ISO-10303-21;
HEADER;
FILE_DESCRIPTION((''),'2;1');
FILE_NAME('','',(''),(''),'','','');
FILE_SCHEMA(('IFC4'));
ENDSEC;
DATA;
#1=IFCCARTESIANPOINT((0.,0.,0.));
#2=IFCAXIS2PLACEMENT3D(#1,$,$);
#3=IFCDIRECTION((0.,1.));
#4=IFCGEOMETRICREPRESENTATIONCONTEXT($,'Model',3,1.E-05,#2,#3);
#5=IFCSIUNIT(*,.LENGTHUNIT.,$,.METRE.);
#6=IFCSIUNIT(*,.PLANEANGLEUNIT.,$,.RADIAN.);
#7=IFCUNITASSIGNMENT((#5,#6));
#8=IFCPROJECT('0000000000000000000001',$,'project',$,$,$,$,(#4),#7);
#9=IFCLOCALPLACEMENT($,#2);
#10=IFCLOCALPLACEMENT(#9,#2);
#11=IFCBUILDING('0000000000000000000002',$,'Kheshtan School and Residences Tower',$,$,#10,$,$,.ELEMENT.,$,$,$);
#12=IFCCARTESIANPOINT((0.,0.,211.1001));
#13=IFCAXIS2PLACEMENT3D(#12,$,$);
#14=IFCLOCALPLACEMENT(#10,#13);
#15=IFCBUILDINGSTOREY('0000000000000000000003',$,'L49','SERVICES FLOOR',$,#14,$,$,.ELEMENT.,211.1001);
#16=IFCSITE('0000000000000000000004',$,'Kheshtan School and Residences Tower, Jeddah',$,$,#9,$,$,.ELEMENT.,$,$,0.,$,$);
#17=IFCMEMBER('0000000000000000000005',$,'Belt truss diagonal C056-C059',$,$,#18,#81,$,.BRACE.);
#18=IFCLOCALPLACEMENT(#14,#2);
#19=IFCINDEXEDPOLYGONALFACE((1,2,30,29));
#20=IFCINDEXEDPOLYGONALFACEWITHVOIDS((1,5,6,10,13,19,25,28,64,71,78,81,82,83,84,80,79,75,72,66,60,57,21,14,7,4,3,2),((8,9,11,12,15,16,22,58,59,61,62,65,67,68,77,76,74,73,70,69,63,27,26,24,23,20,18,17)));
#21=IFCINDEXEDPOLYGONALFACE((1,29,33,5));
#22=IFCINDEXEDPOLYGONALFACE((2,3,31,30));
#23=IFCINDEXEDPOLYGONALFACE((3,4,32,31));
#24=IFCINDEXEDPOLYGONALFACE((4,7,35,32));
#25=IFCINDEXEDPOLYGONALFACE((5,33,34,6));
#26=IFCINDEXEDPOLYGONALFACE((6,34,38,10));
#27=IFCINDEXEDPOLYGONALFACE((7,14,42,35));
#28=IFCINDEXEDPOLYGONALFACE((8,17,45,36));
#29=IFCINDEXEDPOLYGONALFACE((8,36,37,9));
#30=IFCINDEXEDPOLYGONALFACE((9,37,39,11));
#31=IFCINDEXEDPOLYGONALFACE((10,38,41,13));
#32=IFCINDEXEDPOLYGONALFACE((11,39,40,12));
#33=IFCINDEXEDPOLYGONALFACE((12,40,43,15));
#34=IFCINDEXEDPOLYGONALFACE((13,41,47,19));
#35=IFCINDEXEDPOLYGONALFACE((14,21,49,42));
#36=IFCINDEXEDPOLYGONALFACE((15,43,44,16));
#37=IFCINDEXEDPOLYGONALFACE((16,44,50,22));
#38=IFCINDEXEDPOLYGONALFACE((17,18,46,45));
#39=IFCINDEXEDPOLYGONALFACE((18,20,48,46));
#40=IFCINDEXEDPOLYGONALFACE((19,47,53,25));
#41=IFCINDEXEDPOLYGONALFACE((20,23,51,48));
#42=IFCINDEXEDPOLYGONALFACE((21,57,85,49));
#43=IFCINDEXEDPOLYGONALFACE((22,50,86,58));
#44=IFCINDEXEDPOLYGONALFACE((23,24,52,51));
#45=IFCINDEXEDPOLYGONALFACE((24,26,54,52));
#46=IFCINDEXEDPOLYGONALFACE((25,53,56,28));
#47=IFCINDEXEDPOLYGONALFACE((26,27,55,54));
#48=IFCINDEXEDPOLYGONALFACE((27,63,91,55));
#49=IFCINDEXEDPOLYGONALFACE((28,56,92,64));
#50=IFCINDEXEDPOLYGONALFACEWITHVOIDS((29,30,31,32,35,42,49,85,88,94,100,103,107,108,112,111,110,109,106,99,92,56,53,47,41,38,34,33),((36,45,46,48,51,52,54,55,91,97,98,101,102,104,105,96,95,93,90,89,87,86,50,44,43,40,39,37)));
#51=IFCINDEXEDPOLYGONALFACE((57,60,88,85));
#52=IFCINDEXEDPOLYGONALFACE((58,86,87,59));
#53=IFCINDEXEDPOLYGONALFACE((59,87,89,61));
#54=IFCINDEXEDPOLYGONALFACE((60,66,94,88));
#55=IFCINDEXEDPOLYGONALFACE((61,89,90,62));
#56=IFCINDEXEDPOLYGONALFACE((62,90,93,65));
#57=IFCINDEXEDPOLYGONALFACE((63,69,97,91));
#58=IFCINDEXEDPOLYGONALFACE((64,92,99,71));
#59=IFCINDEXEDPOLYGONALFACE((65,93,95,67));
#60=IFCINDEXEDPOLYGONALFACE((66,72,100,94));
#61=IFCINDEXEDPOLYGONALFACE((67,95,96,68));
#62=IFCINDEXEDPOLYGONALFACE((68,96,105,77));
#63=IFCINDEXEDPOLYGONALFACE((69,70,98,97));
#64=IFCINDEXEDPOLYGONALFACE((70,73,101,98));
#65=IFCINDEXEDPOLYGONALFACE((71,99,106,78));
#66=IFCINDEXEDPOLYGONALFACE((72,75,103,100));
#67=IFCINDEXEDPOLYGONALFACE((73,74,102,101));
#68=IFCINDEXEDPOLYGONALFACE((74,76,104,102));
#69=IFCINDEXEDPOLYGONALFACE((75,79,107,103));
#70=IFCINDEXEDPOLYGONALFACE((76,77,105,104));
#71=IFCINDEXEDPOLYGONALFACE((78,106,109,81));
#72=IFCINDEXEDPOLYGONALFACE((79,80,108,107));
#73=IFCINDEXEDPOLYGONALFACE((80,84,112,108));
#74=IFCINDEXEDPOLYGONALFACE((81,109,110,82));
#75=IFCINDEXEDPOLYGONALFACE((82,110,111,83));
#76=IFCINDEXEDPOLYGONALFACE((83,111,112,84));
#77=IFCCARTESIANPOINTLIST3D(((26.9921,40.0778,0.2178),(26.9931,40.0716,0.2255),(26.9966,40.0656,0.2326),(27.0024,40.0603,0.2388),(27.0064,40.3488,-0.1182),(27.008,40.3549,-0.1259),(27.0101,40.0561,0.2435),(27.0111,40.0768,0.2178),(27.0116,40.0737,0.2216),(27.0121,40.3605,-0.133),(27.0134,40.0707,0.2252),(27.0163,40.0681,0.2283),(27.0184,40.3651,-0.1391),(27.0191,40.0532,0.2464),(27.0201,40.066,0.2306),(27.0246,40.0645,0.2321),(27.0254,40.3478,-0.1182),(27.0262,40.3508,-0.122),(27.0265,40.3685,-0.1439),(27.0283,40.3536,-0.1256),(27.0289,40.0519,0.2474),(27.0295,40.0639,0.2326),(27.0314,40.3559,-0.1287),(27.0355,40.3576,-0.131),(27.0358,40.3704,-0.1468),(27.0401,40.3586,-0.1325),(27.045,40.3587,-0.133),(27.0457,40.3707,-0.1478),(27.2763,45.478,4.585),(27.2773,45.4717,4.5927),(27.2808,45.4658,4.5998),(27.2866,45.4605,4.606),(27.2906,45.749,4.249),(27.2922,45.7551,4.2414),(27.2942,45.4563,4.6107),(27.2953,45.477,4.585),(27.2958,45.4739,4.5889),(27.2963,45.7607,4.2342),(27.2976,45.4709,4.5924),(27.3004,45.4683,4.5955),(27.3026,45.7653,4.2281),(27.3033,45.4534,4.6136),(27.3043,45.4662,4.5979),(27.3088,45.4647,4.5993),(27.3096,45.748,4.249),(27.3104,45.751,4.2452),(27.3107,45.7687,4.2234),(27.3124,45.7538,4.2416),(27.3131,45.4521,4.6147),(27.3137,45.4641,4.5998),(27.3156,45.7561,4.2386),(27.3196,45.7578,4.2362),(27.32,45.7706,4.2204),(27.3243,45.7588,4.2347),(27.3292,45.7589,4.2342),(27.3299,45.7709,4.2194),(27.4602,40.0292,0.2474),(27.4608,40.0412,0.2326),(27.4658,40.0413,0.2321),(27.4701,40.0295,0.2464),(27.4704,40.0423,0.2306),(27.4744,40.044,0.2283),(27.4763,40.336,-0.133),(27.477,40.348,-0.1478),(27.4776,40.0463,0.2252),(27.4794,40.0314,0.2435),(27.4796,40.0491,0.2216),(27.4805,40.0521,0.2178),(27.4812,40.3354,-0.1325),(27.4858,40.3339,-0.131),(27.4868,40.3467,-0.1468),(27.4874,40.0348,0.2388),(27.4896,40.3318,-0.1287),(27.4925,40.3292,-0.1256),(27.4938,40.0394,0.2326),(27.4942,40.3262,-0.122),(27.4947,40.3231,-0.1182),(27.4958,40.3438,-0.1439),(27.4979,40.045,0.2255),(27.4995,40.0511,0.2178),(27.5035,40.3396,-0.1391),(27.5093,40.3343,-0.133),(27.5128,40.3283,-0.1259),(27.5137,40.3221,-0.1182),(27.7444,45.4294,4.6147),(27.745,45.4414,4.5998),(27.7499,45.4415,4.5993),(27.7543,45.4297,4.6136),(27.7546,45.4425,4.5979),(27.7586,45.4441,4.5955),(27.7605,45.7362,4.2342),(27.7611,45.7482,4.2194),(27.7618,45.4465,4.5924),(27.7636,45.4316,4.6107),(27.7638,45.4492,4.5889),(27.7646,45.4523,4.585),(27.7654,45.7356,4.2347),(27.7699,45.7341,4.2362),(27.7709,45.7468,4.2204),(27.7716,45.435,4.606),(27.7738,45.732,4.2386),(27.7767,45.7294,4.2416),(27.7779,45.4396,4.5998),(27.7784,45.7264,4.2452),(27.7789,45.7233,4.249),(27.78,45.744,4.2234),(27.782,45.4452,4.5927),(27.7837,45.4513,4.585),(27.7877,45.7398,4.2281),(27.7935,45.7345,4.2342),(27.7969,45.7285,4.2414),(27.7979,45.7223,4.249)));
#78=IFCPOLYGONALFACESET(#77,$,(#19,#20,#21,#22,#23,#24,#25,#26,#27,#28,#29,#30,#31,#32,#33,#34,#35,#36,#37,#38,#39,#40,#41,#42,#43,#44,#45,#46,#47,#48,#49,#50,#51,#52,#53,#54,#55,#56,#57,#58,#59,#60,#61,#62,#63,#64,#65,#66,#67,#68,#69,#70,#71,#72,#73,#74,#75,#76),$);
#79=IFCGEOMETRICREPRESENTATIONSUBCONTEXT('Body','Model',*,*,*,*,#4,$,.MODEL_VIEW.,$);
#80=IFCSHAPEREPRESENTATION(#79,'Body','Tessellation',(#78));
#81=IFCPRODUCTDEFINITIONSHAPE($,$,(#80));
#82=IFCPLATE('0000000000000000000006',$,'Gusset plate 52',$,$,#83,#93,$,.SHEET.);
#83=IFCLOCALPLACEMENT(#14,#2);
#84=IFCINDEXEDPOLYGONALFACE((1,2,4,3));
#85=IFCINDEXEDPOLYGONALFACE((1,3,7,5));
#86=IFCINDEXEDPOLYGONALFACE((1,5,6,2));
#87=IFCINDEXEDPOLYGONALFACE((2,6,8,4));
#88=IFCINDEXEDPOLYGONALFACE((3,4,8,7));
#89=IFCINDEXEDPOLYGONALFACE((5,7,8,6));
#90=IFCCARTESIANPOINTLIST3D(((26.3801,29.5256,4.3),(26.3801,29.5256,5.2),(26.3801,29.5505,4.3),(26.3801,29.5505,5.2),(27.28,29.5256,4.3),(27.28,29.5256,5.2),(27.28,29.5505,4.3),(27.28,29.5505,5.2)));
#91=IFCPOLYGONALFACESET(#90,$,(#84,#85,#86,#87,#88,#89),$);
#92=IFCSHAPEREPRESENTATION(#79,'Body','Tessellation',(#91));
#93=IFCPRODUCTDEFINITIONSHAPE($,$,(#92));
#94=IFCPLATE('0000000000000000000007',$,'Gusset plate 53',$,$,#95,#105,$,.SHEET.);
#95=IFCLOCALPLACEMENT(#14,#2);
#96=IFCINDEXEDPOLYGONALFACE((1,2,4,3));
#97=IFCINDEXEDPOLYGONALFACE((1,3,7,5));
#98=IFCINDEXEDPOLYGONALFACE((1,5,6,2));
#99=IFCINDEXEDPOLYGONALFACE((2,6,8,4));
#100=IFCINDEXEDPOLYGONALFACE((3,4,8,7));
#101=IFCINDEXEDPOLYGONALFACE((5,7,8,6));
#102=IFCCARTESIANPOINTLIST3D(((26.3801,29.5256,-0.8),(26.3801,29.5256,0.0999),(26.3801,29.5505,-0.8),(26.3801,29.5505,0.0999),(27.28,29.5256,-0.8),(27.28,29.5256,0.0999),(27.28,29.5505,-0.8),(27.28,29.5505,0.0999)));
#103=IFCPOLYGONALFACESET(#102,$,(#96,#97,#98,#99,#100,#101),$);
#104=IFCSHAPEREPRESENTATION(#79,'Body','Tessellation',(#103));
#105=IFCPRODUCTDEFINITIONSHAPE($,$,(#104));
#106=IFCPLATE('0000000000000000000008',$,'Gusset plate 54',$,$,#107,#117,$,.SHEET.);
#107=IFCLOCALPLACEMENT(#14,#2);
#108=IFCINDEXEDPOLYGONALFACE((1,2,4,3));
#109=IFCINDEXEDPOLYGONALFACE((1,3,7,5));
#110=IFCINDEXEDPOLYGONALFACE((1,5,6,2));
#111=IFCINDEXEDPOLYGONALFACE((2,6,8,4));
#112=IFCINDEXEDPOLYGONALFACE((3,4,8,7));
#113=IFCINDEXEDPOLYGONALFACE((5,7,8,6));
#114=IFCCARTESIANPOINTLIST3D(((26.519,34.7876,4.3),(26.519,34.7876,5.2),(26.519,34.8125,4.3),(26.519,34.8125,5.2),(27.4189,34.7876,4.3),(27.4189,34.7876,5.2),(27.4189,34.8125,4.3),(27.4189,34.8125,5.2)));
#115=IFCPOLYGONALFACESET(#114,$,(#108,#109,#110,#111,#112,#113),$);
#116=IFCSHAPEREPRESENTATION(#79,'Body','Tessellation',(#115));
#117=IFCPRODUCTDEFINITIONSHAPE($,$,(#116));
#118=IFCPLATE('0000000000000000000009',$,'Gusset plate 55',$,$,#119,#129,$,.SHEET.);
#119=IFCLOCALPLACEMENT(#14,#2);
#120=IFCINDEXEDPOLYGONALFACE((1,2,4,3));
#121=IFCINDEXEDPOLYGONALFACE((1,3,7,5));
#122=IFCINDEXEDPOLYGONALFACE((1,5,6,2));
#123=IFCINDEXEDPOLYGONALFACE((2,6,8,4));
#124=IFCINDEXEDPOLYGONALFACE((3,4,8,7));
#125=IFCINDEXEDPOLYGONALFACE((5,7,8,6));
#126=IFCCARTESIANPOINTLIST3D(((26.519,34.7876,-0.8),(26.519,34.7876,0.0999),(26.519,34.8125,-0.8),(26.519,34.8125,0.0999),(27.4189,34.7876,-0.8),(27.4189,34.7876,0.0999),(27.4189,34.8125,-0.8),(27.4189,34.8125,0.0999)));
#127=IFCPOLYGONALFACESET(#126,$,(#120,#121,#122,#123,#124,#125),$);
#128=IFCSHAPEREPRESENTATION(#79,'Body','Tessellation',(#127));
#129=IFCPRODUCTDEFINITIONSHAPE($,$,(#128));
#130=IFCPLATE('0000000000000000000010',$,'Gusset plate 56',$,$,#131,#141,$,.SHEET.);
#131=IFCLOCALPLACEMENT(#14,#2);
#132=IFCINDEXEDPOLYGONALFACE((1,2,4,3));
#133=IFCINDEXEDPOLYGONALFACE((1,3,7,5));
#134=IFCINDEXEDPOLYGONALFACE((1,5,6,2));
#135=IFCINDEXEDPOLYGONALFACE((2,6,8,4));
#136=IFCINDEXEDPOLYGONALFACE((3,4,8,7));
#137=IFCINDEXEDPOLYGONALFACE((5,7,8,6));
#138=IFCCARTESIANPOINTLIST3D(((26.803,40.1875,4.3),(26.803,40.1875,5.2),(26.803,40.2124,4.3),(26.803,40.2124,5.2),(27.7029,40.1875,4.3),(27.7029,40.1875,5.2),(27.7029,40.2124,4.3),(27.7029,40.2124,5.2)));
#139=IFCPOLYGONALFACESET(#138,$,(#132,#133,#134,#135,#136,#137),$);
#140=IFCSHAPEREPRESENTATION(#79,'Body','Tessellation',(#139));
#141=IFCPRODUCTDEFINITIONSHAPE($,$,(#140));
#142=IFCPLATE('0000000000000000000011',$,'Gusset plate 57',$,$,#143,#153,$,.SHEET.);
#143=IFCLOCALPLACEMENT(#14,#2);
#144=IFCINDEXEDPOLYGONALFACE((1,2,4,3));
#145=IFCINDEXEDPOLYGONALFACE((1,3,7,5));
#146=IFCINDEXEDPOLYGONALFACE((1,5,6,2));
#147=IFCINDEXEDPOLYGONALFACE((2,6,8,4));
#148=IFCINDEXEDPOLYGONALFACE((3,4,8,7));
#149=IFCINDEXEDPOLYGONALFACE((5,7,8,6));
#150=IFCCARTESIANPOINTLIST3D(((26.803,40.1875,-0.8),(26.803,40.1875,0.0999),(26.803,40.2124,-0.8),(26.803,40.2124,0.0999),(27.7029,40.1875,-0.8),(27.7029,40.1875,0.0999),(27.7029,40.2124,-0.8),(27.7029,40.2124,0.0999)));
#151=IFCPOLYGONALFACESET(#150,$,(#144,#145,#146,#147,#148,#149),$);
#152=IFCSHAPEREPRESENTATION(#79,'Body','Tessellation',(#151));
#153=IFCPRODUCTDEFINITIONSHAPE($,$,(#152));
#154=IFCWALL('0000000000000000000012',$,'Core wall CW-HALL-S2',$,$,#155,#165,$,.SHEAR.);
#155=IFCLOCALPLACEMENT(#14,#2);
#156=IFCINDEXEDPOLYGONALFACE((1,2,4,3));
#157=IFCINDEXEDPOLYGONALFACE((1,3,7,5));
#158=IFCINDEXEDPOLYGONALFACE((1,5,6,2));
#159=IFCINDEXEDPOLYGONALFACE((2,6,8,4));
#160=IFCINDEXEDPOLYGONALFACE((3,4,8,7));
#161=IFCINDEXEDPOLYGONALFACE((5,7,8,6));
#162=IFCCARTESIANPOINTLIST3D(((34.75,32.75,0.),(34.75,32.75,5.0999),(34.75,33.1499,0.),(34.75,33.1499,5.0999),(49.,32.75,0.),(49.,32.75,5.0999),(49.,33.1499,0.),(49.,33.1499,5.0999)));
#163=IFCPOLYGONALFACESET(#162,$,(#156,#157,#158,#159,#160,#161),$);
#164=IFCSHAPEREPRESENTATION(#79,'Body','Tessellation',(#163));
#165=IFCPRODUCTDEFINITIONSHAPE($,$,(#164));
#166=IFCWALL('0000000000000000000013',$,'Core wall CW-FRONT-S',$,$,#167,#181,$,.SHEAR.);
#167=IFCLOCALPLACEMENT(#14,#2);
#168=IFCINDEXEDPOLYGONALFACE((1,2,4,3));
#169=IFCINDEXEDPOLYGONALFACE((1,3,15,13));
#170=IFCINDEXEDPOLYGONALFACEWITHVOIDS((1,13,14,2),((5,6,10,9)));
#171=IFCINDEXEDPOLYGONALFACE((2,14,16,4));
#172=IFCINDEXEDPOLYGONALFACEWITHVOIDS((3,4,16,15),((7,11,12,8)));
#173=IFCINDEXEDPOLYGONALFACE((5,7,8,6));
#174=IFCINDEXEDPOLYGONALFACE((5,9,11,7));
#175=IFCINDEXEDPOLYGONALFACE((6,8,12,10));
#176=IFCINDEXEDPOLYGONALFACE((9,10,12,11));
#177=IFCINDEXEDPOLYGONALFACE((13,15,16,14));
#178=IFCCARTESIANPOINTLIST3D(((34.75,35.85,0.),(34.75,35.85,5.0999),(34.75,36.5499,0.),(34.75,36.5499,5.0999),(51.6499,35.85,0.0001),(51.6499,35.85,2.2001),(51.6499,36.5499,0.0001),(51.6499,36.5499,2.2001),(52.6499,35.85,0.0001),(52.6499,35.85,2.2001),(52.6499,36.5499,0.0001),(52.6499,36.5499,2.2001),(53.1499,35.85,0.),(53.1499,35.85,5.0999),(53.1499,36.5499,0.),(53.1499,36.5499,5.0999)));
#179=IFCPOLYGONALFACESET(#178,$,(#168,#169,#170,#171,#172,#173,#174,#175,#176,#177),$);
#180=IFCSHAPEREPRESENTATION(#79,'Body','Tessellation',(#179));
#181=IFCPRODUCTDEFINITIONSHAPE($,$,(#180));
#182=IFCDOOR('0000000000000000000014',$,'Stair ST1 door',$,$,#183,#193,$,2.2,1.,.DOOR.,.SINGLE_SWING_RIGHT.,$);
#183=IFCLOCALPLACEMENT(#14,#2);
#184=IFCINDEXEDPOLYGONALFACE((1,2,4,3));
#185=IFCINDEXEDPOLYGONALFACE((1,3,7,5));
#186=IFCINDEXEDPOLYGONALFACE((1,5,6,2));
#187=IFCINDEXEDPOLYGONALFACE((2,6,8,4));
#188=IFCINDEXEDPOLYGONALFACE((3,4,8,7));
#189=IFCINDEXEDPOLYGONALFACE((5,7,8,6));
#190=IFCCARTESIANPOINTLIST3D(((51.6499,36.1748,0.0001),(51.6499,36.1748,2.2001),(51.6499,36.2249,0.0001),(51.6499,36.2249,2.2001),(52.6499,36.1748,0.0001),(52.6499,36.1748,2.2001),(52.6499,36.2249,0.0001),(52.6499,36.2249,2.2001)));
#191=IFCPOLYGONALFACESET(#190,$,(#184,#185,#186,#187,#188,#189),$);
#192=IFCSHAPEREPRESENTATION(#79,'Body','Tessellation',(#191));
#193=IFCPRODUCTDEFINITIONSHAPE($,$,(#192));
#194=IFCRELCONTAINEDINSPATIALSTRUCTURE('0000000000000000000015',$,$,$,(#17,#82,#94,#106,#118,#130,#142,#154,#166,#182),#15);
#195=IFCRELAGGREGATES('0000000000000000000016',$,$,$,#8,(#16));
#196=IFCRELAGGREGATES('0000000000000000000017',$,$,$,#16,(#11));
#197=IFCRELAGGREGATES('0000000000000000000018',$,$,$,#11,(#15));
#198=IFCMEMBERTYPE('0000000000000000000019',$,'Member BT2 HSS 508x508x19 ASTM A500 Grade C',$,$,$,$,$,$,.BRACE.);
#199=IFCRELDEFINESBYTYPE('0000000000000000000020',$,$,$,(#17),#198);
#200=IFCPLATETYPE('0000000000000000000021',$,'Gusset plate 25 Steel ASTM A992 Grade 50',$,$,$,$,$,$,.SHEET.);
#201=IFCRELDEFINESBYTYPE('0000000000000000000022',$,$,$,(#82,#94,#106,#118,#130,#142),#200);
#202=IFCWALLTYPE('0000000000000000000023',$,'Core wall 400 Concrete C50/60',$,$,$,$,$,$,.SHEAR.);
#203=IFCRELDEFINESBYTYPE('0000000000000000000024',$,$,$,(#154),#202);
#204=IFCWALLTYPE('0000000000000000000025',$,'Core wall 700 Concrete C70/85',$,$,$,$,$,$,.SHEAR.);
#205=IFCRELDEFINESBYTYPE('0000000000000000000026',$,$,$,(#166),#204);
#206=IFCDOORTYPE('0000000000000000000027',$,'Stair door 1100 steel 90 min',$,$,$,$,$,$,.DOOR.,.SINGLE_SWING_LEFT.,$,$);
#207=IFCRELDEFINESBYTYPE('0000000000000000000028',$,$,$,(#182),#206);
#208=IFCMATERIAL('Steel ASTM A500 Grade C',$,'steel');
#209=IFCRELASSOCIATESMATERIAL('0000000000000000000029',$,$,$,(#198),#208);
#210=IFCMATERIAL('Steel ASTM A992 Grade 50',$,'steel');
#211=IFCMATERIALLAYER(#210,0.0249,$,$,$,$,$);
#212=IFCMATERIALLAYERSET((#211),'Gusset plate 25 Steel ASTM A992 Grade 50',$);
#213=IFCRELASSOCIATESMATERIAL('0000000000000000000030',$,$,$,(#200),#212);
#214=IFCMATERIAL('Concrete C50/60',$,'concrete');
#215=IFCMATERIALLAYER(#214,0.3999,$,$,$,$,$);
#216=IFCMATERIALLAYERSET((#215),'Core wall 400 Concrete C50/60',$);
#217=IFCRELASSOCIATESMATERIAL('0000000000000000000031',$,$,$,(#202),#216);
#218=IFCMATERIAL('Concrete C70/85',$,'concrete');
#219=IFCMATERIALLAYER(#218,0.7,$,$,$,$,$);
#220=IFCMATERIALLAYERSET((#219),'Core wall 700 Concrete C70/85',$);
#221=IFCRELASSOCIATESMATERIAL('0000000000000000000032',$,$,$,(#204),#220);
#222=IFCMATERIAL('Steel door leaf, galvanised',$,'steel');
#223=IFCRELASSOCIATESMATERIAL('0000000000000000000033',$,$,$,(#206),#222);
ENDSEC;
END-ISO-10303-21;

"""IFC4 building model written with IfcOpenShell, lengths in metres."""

from ifc_helpers import new_model, si_unit, direction, frame, frame_2d, origin, origin_2d, place, context, subcontext, project, spatial, rectangle, hollow_rectangle, extrude, source, transform, mapped, material, layer, layer_set, material_profile, profile_set, type_object, element, fill, save


model = new_model("IFC4")

# Units and contexts
model_context = context("Model", 3, precision=1e-05, world=origin(), true_north=direction((0.0, 1.0)))
body_context = subcontext(model_context, "Body", "Model", "MODEL_VIEW")
ifc_project = project(units=[si_unit("LENGTHUNIT", "METRE"), si_unit("PLANEANGLEUNIT", "RADIAN")], contexts=[model_context])

# Site, building, storey
site_placement = place(None, origin())
site = spatial("IfcSite", under=ifc_project, at=site_placement, Name="Kheshtan School and Residences Tower, Jeddah", CompositionType="ELEMENT", RefElevation=0.0)
building_placement = place(site_placement, origin())
building = spatial("IfcBuilding", under=site, at=building_placement, Name="Kheshtan School and Residences Tower", CompositionType="ELEMENT")
storey_placement = place(building_placement, frame((0.0, 0.0, 211.1001)))
storey = spatial("IfcBuildingStorey", under=building, at=storey_placement, Name="L49", Description="SERVICES FLOOR", CompositionType="ELEMENT", Elevation=211.1001)

# Shared definitions
ifc_material_1 = material(Name="Steel ASTM A992 Grade 50", Category="steel")

# Member
ifc_material_2 = material(Name="Steel ASTM A500 Grade C", Category="steel")
ifc_material_profile_1 = material_profile(ifc_material_2, hollow_rectangle(XDim=0.5081, YDim=0.5081, WallThickness=0.019, InnerFilletRadius=0.019, OuterFilletRadius=0.0381, at=origin_2d()), Name="HSS 508x508x19")
ifc_profile_set_1 = profile_set([ifc_material_profile_1], Name="Steel ASTM A500 Grade C")
member_type = type_object("IfcMemberType", Name="Member BT2 HSS 508x508x19 ASTM A500 Grade C", PredefinedType="BRACE", material=ifc_profile_set_1)
member_1_placement = place(storey_placement, frame((27.2529, 40.2, 0.0498), z_axis=(0.040884, 0.776902, 0.628293), x_axis=(-0.998618, 0.052552, 0.0)))
element("IfcMember", 1, at=member_1_placement, inside=storey, type_object=member_type, Name="Belt truss diagonal C056-C059", PredefinedType="BRACE", context=body_context, shape_type="SweptSolid", body=[
    extrude(hollow_rectangle(XDim=0.5081, YDim=0.5081, WallThickness=0.019, InnerFilletRadius=0.019, OuterFilletRadius=0.0381, at=origin_2d()), origin(), (0.0, 0.0, 1.0), 6.9509),
])

# Plates
ifc_layer_1 = layer(ifc_material_1, 0.0249)
ifc_layer_set_1 = layer_set([ifc_layer_1], Name="Gusset plate 25 Steel ASTM A992 Grade 50")
plate_type = type_object("IfcPlateType", Name="Gusset plate 25 Steel ASTM A992 Grade 50", PredefinedType="SHEET", material=ifc_layer_set_1)
for number, where, z_axis, x_axis, name in (
    (2, (26.8301, 29.5381, 4.3), (0.0, 0.0, 1.0), (1.0, 0.0, 0.0), "Gusset plate 52"),
    (3, (26.8301, 29.5381, -0.8), (0.0, 0.0, 1.0), (1.0, 0.0, 0.0), "Gusset plate 53"),
    (4, (26.969, 34.8, 4.3), (0.0, 0.0, 1.0), (1.0, 0.0, 0.0), "Gusset plate 54"),
    (5, (26.969, 34.8, -0.8), (0.0, 0.0, 1.0), (1.0, 0.0, 0.0), "Gusset plate 55"),
    (6, (27.2529, 40.2, 4.3), (0.0, 0.0, 1.0), (1.0, 0.0, 0.0), "Gusset plate 56"),
    (7, (27.2529, 40.2, -0.8), (0.0, 0.0, 1.0), (1.0, 0.0, 0.0), "Gusset plate 57"),
):
    element("IfcPlate", number, at=place(storey_placement, frame(where, z_axis=z_axis, x_axis=x_axis)), inside=storey, type_object=plate_type, Name=name, PredefinedType="SHEET", context=body_context, shape_type="SweptSolid", body=[
        extrude(rectangle(XDim=0.8999, YDim=0.0249, at=origin_2d()), origin(), (0.0, 0.0, 1.0), 0.8999),
    ])

# Wall
ifc_material_3 = material(Name="Concrete C50/60", Category="concrete")
ifc_layer_2 = layer(ifc_material_3, 0.3999)
ifc_layer_set_2 = layer_set([ifc_layer_2], Name="Core wall 400 Concrete C50/60")
wall_type_1 = type_object("IfcWallType", Name="Core wall 400 Concrete C50/60", PredefinedType="SHEAR", material=ifc_layer_set_2)
wall_1_placement = place(storey_placement, frame((34.75, 32.95, 0.0), z_axis=(0.0, 0.0, 1.0), x_axis=(1.0, 0.0, 0.0)))
element("IfcWall", 8, at=wall_1_placement, inside=storey, type_object=wall_type_1, Name="Core wall CW-HALL-S2", PredefinedType="SHEAR", context=body_context, shape_type="SweptSolid", body=[
    extrude(rectangle(XDim=14.25, YDim=0.3999, at=frame_2d((7.125, 0.0))), origin(), (0.0, 0.0, 1.0), 5.0999),
])

# Wall, opening, door
ifc_material_4 = material(Name="Concrete C70/85", Category="concrete")
ifc_layer_3 = layer(ifc_material_4, 0.7)
ifc_layer_set_3 = layer_set([ifc_layer_3], Name="Core wall 700 Concrete C70/85")
wall_type_2 = type_object("IfcWallType", Name="Core wall 700 Concrete C70/85", PredefinedType="SHEAR", material=ifc_layer_set_3)
wall_2_placement = place(storey_placement, frame((34.75, 36.2, 0.0), z_axis=(0.0, 0.0, 1.0), x_axis=(1.0, 0.0, 0.0)))
wall_2 = element("IfcWall", 9, at=wall_2_placement, inside=storey, type_object=wall_type_2, Name="Core wall CW-FRONT-S", PredefinedType="SHEAR", context=body_context, shape_type="SweptSolid", body=[
    extrude(rectangle(XDim=18.3999, YDim=0.7, at=frame_2d((9.2, 0.0))), origin(), (0.0, 0.0, 1.0), 5.0999),
])
opening_placement = place(wall_2_placement, frame((16.8999, 0.0, 0.0)))
opening = element("IfcOpeningElement", 10, at=opening_placement, cuts=wall_2, PredefinedType="OPENING", context=body_context, shape_type="SweptSolid", body=[
    extrude(rectangle(XDim=1.0, YDim=2.2, at=frame_2d((0.5, 1.1001))), frame((0.0, 0.3599, 0.0), z_axis=(0.0, -1.0, 0.0), x_axis=(1.0, 0.0, 0.0)), (0.0, 0.0, 1.0), 0.72),
])
ifc_material_5 = material(Name="Steel door leaf, galvanised", Category="steel")
door_type = type_object("IfcDoorType", Name="Stair door 1100 steel 90 min", OperationType="SINGLE_SWING_LEFT", PredefinedType="DOOR", material=ifc_material_5)
shared_shape = source(origin(), body_context, "Body", "SweptSolid", [
    extrude(rectangle(XDim=1.0, YDim=2.2, at=frame_2d((0.5, 1.1001))), frame((0.0, 0.0249, 0.0), z_axis=(0.0, -1.0, 0.0), x_axis=(1.0, 0.0, 0.0)), (0.0, 0.0, 1.0), 0.05),
])
door_placement = place(opening_placement, origin())
door = element("IfcDoor", 11, at=door_placement, inside=storey, type_object=door_type, Name="Stair ST1 door", OperationType="SINGLE_SWING_RIGHT", OverallHeight=2.2, OverallWidth=1.0, PredefinedType="DOOR", context=body_context, shape_type="MappedRepresentation", body=[
    mapped(shared_shape, transform((0.0, 0.0, 0.0), x_axis=(1.0, 0.0, 0.0), y_axis=(0.0, 1.0, 0.0), z_axis=(0.0, 0.0, 1.0), scale=1.0)),
])
fill(opening, door)

save(model, "model.ifc")
